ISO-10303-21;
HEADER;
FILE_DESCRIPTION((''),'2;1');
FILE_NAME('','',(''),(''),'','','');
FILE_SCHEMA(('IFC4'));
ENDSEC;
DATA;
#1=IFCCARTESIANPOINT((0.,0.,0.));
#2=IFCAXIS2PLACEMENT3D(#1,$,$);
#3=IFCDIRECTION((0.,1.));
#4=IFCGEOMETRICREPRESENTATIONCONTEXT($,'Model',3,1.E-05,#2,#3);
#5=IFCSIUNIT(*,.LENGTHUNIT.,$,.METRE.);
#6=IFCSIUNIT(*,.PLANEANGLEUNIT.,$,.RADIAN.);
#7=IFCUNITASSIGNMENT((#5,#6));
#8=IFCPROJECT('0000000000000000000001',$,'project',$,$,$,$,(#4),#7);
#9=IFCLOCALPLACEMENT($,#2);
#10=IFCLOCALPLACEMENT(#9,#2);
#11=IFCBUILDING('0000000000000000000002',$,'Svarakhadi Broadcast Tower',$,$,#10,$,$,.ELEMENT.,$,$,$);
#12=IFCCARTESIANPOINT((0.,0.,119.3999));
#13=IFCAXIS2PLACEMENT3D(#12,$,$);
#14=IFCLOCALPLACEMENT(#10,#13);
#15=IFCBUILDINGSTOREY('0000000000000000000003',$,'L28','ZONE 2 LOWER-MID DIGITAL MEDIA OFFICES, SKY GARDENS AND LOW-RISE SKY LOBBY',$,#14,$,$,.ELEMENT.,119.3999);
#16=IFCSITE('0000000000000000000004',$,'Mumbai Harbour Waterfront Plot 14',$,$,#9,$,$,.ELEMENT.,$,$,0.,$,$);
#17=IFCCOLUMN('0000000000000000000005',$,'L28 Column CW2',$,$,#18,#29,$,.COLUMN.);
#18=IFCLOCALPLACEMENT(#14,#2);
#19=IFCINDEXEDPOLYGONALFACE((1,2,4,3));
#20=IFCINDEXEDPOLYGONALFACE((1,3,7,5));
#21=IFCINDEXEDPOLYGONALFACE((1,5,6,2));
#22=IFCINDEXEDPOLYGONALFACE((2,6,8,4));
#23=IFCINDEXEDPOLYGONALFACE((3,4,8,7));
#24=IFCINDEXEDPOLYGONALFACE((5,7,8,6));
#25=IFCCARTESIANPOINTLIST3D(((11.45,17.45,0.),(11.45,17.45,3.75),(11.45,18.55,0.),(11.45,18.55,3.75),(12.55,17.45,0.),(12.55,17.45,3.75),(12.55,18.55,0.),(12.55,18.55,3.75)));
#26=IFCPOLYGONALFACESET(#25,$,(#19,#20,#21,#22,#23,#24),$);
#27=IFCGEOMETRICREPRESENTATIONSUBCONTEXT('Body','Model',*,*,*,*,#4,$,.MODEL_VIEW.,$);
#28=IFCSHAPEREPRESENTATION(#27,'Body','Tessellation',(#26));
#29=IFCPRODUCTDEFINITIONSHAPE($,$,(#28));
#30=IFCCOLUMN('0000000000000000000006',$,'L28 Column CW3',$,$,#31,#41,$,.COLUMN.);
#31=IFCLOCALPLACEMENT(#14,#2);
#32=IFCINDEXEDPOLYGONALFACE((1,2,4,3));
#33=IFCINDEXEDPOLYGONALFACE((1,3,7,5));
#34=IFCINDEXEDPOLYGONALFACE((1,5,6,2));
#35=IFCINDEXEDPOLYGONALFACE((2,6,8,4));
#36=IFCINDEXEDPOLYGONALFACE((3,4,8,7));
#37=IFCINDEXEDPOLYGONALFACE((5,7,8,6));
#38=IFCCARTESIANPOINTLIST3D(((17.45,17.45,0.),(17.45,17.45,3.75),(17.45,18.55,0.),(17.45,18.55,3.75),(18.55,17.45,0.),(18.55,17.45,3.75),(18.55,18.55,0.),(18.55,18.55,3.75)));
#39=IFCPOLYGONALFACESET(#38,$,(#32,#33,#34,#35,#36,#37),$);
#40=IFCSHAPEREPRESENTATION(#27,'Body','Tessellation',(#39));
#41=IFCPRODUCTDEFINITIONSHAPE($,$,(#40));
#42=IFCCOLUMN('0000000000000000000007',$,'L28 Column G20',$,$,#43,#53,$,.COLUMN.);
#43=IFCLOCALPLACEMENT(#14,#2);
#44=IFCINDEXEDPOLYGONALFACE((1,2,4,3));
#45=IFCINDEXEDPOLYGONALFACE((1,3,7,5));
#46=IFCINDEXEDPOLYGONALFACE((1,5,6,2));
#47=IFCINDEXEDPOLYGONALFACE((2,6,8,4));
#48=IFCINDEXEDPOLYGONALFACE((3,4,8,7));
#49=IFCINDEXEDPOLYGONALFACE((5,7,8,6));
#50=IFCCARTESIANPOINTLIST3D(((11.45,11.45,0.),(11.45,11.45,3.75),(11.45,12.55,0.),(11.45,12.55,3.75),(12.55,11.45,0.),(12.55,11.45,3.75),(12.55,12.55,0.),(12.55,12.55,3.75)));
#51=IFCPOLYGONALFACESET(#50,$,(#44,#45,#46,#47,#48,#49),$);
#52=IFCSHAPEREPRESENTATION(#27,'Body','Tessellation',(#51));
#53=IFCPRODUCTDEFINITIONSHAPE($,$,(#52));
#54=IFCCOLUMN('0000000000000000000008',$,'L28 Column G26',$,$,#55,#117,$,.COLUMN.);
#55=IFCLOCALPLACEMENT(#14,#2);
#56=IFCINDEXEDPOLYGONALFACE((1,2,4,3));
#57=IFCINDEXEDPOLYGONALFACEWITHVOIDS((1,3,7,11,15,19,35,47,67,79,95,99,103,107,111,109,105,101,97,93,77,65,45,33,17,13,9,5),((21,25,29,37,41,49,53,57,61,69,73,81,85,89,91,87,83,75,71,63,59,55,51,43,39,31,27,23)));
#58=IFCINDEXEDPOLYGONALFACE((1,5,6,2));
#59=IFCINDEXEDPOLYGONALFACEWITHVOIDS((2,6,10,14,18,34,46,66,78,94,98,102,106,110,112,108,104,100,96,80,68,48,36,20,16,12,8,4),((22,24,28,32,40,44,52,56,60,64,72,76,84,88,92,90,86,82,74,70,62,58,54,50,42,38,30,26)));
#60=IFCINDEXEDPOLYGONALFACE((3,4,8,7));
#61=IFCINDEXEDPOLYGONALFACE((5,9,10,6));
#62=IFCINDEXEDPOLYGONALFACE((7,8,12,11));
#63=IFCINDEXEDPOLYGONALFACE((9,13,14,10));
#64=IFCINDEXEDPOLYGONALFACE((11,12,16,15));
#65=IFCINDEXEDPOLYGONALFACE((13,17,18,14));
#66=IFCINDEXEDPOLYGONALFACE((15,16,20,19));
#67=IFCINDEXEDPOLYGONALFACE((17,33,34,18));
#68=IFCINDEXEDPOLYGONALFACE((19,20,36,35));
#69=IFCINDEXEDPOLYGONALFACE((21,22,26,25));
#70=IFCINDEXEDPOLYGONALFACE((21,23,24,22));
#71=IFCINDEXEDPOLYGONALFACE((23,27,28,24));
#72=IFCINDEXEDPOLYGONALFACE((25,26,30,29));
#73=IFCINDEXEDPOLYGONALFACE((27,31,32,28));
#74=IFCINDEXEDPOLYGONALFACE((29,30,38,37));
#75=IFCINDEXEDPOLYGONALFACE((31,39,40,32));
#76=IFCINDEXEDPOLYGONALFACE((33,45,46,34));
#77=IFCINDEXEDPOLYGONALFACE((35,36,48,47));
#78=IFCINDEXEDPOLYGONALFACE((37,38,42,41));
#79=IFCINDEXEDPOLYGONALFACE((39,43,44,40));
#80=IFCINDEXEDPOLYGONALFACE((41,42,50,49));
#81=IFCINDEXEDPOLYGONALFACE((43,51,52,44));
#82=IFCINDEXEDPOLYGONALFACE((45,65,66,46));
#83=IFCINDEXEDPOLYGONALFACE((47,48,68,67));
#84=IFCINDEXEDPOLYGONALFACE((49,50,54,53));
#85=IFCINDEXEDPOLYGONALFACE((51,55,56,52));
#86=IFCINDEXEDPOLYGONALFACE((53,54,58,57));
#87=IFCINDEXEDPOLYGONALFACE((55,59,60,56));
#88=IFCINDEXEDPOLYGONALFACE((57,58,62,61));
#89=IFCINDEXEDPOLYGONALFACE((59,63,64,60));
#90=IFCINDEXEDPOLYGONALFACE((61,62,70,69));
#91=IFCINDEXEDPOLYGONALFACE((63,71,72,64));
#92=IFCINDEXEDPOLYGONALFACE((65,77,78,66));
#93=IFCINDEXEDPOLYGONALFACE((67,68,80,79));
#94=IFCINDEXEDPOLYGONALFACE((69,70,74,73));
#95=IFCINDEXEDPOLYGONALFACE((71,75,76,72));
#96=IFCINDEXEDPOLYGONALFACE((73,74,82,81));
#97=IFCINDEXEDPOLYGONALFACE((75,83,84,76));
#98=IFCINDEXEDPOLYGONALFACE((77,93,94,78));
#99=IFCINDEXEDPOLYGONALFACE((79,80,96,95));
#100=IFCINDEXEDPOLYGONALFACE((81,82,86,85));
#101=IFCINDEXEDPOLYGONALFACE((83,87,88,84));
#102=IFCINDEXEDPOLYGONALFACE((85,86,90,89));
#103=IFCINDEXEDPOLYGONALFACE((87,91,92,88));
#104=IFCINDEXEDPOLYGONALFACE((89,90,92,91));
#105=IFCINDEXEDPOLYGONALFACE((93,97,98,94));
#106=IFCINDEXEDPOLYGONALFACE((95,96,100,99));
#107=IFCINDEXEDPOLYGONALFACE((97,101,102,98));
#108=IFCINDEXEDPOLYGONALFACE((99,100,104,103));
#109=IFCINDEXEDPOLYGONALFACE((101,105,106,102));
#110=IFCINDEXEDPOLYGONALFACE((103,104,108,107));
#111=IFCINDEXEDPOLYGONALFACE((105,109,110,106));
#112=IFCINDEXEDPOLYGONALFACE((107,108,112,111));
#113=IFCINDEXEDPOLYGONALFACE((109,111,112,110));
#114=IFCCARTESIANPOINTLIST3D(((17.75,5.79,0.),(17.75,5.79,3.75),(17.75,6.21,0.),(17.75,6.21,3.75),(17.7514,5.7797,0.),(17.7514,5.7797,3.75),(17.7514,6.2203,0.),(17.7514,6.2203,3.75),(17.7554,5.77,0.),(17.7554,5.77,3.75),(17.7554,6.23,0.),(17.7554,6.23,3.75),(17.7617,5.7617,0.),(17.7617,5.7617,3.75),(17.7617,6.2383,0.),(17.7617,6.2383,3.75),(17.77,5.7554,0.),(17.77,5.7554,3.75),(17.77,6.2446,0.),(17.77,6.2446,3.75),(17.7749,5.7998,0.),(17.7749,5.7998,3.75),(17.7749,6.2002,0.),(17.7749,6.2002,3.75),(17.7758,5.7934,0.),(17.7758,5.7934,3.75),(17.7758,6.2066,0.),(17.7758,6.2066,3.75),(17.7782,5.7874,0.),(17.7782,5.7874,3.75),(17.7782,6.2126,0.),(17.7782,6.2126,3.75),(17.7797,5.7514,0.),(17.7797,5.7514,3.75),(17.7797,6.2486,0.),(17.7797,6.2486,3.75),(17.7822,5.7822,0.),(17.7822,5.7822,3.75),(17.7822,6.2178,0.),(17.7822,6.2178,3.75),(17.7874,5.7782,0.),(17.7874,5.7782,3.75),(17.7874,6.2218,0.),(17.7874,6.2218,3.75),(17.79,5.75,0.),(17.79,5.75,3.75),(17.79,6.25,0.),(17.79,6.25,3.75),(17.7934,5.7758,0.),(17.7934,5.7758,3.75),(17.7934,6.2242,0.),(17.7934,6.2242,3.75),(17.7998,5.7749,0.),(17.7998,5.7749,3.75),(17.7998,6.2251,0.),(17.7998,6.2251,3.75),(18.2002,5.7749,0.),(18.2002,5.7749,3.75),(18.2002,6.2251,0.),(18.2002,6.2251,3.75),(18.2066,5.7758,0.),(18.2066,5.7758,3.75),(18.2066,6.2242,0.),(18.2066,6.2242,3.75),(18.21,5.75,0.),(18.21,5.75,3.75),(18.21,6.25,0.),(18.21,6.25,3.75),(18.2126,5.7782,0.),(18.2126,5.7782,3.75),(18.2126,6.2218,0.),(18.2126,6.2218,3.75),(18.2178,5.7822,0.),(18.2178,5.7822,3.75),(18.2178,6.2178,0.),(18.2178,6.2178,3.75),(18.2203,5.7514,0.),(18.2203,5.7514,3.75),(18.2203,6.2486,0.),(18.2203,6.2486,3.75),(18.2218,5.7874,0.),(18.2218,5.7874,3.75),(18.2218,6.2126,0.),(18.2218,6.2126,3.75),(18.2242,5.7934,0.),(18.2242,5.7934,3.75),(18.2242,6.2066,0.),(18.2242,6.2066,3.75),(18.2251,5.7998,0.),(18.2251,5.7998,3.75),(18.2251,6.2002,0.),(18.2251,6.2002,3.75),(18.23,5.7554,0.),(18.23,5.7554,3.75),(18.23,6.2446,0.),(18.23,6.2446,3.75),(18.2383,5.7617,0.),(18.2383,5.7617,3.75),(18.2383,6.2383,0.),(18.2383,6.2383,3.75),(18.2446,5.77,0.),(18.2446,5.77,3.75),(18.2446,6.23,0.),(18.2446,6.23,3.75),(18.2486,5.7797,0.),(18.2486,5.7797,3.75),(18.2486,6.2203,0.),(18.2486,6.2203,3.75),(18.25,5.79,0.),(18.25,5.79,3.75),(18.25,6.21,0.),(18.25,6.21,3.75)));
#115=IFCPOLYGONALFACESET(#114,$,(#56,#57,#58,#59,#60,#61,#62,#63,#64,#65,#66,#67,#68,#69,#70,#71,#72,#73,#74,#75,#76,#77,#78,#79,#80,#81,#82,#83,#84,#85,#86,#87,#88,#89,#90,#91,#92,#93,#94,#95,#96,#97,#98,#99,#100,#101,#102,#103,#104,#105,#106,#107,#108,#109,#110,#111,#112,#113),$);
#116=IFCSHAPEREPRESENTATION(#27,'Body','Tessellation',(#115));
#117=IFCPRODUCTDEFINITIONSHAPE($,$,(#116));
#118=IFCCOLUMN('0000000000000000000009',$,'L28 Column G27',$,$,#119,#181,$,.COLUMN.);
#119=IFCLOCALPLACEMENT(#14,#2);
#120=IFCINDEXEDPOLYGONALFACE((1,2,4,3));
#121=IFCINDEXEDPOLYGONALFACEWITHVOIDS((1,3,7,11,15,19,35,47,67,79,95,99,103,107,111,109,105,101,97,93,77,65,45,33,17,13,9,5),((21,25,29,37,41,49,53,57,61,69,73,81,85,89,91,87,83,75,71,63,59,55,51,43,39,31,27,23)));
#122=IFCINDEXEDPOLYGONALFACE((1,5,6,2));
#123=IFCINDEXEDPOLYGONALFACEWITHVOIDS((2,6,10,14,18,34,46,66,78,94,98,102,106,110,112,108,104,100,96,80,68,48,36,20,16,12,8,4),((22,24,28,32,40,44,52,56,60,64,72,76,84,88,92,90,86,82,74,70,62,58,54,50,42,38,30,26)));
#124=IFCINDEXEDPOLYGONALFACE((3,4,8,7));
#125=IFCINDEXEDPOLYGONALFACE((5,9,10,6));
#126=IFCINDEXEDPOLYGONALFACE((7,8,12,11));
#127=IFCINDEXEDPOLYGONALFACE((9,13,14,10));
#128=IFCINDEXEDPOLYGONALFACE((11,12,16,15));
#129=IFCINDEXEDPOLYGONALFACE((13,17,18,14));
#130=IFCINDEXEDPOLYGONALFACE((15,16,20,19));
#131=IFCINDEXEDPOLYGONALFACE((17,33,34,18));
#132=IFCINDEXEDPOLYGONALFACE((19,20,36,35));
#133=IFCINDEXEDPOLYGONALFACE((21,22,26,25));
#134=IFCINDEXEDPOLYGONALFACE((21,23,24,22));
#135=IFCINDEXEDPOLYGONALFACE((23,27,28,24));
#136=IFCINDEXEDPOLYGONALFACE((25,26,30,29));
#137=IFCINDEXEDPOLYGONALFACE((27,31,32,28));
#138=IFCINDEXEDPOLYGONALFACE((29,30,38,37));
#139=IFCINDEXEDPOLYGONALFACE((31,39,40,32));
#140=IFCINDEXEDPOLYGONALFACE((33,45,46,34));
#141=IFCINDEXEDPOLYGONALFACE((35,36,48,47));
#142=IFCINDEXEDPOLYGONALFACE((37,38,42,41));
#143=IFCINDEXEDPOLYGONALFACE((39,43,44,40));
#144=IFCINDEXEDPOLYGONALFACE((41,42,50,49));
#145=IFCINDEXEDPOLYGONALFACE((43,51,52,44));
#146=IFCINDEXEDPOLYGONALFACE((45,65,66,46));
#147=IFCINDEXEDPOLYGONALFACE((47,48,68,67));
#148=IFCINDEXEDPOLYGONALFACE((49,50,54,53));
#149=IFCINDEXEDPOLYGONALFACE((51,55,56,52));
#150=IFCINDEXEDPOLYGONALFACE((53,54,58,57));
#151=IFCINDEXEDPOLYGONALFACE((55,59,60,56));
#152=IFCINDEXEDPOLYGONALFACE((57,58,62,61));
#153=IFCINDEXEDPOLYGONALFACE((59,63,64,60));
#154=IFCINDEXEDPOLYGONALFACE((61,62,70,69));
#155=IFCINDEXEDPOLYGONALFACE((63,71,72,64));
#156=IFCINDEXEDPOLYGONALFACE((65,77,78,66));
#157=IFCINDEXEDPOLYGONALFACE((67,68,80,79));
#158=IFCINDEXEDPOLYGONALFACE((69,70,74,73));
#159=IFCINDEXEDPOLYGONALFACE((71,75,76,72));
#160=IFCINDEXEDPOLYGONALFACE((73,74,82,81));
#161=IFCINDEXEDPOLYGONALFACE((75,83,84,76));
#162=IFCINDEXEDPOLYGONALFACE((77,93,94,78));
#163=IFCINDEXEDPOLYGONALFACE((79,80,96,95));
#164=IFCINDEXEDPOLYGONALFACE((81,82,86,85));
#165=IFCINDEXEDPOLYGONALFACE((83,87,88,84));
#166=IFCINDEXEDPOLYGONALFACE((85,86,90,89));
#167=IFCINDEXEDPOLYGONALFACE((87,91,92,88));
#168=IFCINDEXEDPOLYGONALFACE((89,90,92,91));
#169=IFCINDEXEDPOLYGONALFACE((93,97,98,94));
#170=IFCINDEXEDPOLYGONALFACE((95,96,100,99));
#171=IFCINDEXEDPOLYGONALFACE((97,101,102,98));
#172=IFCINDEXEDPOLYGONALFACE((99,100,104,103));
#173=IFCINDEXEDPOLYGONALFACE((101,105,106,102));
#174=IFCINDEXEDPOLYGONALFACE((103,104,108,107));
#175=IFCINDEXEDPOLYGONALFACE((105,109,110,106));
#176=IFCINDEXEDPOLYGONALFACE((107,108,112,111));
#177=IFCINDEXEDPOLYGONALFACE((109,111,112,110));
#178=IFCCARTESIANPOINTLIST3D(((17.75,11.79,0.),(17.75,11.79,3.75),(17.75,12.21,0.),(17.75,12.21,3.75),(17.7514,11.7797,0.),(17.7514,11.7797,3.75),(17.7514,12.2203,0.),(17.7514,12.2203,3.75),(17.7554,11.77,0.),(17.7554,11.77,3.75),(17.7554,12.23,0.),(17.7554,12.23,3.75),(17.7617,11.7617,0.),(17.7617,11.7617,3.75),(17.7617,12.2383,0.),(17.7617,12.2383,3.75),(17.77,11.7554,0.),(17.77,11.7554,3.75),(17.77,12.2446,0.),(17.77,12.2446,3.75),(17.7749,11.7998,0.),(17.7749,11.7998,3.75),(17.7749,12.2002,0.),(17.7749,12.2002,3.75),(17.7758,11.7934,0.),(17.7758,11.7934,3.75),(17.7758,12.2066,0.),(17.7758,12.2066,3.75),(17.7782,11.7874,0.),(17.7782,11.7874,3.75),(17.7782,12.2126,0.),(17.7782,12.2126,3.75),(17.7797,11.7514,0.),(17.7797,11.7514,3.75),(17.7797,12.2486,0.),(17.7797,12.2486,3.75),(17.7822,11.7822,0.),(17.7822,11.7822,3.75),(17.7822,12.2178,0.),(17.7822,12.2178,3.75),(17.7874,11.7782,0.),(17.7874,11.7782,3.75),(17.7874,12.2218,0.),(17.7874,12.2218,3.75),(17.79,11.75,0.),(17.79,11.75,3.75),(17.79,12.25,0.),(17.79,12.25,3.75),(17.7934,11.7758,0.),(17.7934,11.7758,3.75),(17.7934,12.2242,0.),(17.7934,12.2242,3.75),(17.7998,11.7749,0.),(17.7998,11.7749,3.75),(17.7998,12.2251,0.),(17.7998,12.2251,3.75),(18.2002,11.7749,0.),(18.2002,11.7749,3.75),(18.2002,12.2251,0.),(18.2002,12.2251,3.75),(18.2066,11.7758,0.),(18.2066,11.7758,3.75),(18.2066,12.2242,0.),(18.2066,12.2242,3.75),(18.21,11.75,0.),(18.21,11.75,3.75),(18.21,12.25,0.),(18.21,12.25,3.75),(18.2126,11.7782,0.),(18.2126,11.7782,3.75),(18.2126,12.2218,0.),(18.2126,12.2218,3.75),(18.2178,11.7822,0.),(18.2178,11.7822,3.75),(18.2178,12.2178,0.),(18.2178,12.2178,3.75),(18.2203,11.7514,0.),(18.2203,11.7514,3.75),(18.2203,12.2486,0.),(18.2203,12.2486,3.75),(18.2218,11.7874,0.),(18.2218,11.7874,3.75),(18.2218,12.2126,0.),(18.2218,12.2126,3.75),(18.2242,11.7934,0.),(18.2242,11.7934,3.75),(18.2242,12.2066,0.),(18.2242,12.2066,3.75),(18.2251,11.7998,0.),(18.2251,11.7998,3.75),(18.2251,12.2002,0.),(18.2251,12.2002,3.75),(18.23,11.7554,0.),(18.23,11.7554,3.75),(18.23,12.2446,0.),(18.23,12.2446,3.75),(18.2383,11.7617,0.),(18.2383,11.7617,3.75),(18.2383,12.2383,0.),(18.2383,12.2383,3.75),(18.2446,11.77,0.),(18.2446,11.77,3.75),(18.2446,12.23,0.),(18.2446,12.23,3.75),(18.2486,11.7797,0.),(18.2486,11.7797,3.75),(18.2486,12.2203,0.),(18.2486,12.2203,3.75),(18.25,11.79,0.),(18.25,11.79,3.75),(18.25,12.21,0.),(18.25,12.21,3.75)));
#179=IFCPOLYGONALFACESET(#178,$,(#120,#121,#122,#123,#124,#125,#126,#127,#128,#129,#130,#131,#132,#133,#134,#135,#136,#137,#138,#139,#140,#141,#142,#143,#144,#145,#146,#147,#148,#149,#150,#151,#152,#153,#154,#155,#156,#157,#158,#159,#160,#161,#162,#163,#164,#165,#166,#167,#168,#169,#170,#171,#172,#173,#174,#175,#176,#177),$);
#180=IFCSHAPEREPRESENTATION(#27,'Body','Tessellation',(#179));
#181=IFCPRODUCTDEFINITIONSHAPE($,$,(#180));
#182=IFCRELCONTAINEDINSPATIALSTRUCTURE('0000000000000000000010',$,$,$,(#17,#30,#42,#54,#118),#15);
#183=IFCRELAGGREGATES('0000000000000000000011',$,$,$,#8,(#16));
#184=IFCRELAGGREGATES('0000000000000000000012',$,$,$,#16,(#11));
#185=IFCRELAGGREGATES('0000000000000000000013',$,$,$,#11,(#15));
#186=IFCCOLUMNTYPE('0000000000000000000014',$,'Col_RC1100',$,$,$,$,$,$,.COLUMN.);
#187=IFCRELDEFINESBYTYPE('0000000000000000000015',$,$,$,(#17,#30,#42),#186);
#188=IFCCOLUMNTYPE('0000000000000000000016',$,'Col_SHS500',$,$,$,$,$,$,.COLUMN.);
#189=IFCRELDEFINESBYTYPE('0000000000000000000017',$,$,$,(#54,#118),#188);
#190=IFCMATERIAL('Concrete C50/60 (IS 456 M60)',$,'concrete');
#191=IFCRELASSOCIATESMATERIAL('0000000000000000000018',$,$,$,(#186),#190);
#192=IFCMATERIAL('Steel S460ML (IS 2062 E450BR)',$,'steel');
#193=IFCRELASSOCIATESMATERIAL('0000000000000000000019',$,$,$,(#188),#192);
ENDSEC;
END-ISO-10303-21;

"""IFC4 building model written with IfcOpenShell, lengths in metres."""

from ifc_helpers import new_model, si_unit, direction, frame, origin, origin_2d, place, context, subcontext, project, spatial, rectangle, hollow_rectangle, extrude, material, material_profile, profile_set, type_object, element, save


model = new_model("IFC4")

# Units and contexts
model_context = context("Model", 3, precision=1e-05, world=origin(), true_north=direction((0.0, 1.0)))
body_context = subcontext(model_context, "Body", "Model", "MODEL_VIEW")
ifc_project = project(units=[si_unit("LENGTHUNIT", "METRE"), si_unit("PLANEANGLEUNIT", "RADIAN")], contexts=[model_context])

# Site, building, storey
site_placement = place(None, origin())
site = spatial("IfcSite", under=ifc_project, at=site_placement, Name="Mumbai Harbour Waterfront Plot 14", CompositionType="ELEMENT", RefElevation=0.0)
building_placement = place(site_placement, origin())
building = spatial("IfcBuilding", under=site, at=building_placement, Name="Svarakhadi Broadcast Tower", CompositionType="ELEMENT")
storey_placement = place(building_placement, frame((0.0, 0.0, 119.3999)))
storey = spatial("IfcBuildingStorey", under=building, at=storey_placement, Name="L28", Description="ZONE 2 LOWER-MID DIGITAL MEDIA OFFICES, SKY GARDENS AND LOW-RISE SKY LOBBY", CompositionType="ELEMENT", Elevation=119.3999)

# Columns
ifc_material_1 = material(Name="Concrete C50/60 (IS 456 M60)", Category="concrete")
ifc_material_profile_1 = material_profile(ifc_material_1, rectangle(XDim=1.1001, YDim=1.1001, at=origin_2d()), Name="RC 1100x1100")
ifc_profile_set_1 = profile_set([ifc_material_profile_1], Name="Concrete C50/60 (IS 456 M60)")
column_type_1 = type_object("IfcColumnType", Name="Col_RC1100", PredefinedType="COLUMN", material=ifc_profile_set_1)
for number, where, z_axis, x_axis, name in (
    (1, (12.0, 18.0, 0.0), (0.0, 0.0, 1.0), (1.0, 0.0, 0.0), "L28 Column CW2"),
    (2, (18.0, 18.0, 0.0), (0.0, 0.0, 1.0), (1.0, 0.0, 0.0), "L28 Column CW3"),
    (3, (12.0, 12.0, 0.0), (0.0, 0.0, 1.0), (1.0, 0.0, 0.0), "L28 Column G20"),
):
    element("IfcColumn", number, at=place(storey_placement, frame(where, z_axis=z_axis, x_axis=x_axis)), inside=storey, type_object=column_type_1, Name=name, PredefinedType="COLUMN", context=body_context, shape_type="SweptSolid", body=[
        extrude(rectangle(XDim=1.1001, YDim=1.1001, at=origin_2d()), origin(), (0.0, 0.0, 1.0), 3.75),
    ])
ifc_material_2 = material(Name="Steel S460ML (IS 2062 E450BR)", Category="steel")
ifc_material_profile_2 = material_profile(ifc_material_2, hollow_rectangle(XDim=0.5, YDim=0.5, WallThickness=0.0249, InnerFilletRadius=0.0249, OuterFilletRadius=0.04, at=origin_2d()), Name="SHS 500x500x25")
ifc_profile_set_2 = profile_set([ifc_material_profile_2], Name="Steel S460ML (IS 2062 E450BR)")
column_type_2 = type_object("IfcColumnType", Name="Col_SHS500", PredefinedType="COLUMN", material=ifc_profile_set_2)
for number, where, z_axis, x_axis, name in (
    (4, (18.0, 6.0, 0.0), (0.0, 0.0, 1.0), (1.0, 0.0, 0.0), "L28 Column G26"),
    (5, (18.0, 12.0, 0.0), (0.0, 0.0, 1.0), (1.0, 0.0, 0.0), "L28 Column G27"),
):
    element("IfcColumn", number, at=place(storey_placement, frame(where, z_axis=z_axis, x_axis=x_axis)), inside=storey, type_object=column_type_2, Name=name, PredefinedType="COLUMN", context=body_context, shape_type="SweptSolid", body=[
        extrude(hollow_rectangle(XDim=0.5, YDim=0.5, WallThickness=0.0249, InnerFilletRadius=0.0249, OuterFilletRadius=0.04, at=origin_2d()), origin(), (0.0, 0.0, 1.0), 3.75),
    ])

save(model, "model.ifc")
